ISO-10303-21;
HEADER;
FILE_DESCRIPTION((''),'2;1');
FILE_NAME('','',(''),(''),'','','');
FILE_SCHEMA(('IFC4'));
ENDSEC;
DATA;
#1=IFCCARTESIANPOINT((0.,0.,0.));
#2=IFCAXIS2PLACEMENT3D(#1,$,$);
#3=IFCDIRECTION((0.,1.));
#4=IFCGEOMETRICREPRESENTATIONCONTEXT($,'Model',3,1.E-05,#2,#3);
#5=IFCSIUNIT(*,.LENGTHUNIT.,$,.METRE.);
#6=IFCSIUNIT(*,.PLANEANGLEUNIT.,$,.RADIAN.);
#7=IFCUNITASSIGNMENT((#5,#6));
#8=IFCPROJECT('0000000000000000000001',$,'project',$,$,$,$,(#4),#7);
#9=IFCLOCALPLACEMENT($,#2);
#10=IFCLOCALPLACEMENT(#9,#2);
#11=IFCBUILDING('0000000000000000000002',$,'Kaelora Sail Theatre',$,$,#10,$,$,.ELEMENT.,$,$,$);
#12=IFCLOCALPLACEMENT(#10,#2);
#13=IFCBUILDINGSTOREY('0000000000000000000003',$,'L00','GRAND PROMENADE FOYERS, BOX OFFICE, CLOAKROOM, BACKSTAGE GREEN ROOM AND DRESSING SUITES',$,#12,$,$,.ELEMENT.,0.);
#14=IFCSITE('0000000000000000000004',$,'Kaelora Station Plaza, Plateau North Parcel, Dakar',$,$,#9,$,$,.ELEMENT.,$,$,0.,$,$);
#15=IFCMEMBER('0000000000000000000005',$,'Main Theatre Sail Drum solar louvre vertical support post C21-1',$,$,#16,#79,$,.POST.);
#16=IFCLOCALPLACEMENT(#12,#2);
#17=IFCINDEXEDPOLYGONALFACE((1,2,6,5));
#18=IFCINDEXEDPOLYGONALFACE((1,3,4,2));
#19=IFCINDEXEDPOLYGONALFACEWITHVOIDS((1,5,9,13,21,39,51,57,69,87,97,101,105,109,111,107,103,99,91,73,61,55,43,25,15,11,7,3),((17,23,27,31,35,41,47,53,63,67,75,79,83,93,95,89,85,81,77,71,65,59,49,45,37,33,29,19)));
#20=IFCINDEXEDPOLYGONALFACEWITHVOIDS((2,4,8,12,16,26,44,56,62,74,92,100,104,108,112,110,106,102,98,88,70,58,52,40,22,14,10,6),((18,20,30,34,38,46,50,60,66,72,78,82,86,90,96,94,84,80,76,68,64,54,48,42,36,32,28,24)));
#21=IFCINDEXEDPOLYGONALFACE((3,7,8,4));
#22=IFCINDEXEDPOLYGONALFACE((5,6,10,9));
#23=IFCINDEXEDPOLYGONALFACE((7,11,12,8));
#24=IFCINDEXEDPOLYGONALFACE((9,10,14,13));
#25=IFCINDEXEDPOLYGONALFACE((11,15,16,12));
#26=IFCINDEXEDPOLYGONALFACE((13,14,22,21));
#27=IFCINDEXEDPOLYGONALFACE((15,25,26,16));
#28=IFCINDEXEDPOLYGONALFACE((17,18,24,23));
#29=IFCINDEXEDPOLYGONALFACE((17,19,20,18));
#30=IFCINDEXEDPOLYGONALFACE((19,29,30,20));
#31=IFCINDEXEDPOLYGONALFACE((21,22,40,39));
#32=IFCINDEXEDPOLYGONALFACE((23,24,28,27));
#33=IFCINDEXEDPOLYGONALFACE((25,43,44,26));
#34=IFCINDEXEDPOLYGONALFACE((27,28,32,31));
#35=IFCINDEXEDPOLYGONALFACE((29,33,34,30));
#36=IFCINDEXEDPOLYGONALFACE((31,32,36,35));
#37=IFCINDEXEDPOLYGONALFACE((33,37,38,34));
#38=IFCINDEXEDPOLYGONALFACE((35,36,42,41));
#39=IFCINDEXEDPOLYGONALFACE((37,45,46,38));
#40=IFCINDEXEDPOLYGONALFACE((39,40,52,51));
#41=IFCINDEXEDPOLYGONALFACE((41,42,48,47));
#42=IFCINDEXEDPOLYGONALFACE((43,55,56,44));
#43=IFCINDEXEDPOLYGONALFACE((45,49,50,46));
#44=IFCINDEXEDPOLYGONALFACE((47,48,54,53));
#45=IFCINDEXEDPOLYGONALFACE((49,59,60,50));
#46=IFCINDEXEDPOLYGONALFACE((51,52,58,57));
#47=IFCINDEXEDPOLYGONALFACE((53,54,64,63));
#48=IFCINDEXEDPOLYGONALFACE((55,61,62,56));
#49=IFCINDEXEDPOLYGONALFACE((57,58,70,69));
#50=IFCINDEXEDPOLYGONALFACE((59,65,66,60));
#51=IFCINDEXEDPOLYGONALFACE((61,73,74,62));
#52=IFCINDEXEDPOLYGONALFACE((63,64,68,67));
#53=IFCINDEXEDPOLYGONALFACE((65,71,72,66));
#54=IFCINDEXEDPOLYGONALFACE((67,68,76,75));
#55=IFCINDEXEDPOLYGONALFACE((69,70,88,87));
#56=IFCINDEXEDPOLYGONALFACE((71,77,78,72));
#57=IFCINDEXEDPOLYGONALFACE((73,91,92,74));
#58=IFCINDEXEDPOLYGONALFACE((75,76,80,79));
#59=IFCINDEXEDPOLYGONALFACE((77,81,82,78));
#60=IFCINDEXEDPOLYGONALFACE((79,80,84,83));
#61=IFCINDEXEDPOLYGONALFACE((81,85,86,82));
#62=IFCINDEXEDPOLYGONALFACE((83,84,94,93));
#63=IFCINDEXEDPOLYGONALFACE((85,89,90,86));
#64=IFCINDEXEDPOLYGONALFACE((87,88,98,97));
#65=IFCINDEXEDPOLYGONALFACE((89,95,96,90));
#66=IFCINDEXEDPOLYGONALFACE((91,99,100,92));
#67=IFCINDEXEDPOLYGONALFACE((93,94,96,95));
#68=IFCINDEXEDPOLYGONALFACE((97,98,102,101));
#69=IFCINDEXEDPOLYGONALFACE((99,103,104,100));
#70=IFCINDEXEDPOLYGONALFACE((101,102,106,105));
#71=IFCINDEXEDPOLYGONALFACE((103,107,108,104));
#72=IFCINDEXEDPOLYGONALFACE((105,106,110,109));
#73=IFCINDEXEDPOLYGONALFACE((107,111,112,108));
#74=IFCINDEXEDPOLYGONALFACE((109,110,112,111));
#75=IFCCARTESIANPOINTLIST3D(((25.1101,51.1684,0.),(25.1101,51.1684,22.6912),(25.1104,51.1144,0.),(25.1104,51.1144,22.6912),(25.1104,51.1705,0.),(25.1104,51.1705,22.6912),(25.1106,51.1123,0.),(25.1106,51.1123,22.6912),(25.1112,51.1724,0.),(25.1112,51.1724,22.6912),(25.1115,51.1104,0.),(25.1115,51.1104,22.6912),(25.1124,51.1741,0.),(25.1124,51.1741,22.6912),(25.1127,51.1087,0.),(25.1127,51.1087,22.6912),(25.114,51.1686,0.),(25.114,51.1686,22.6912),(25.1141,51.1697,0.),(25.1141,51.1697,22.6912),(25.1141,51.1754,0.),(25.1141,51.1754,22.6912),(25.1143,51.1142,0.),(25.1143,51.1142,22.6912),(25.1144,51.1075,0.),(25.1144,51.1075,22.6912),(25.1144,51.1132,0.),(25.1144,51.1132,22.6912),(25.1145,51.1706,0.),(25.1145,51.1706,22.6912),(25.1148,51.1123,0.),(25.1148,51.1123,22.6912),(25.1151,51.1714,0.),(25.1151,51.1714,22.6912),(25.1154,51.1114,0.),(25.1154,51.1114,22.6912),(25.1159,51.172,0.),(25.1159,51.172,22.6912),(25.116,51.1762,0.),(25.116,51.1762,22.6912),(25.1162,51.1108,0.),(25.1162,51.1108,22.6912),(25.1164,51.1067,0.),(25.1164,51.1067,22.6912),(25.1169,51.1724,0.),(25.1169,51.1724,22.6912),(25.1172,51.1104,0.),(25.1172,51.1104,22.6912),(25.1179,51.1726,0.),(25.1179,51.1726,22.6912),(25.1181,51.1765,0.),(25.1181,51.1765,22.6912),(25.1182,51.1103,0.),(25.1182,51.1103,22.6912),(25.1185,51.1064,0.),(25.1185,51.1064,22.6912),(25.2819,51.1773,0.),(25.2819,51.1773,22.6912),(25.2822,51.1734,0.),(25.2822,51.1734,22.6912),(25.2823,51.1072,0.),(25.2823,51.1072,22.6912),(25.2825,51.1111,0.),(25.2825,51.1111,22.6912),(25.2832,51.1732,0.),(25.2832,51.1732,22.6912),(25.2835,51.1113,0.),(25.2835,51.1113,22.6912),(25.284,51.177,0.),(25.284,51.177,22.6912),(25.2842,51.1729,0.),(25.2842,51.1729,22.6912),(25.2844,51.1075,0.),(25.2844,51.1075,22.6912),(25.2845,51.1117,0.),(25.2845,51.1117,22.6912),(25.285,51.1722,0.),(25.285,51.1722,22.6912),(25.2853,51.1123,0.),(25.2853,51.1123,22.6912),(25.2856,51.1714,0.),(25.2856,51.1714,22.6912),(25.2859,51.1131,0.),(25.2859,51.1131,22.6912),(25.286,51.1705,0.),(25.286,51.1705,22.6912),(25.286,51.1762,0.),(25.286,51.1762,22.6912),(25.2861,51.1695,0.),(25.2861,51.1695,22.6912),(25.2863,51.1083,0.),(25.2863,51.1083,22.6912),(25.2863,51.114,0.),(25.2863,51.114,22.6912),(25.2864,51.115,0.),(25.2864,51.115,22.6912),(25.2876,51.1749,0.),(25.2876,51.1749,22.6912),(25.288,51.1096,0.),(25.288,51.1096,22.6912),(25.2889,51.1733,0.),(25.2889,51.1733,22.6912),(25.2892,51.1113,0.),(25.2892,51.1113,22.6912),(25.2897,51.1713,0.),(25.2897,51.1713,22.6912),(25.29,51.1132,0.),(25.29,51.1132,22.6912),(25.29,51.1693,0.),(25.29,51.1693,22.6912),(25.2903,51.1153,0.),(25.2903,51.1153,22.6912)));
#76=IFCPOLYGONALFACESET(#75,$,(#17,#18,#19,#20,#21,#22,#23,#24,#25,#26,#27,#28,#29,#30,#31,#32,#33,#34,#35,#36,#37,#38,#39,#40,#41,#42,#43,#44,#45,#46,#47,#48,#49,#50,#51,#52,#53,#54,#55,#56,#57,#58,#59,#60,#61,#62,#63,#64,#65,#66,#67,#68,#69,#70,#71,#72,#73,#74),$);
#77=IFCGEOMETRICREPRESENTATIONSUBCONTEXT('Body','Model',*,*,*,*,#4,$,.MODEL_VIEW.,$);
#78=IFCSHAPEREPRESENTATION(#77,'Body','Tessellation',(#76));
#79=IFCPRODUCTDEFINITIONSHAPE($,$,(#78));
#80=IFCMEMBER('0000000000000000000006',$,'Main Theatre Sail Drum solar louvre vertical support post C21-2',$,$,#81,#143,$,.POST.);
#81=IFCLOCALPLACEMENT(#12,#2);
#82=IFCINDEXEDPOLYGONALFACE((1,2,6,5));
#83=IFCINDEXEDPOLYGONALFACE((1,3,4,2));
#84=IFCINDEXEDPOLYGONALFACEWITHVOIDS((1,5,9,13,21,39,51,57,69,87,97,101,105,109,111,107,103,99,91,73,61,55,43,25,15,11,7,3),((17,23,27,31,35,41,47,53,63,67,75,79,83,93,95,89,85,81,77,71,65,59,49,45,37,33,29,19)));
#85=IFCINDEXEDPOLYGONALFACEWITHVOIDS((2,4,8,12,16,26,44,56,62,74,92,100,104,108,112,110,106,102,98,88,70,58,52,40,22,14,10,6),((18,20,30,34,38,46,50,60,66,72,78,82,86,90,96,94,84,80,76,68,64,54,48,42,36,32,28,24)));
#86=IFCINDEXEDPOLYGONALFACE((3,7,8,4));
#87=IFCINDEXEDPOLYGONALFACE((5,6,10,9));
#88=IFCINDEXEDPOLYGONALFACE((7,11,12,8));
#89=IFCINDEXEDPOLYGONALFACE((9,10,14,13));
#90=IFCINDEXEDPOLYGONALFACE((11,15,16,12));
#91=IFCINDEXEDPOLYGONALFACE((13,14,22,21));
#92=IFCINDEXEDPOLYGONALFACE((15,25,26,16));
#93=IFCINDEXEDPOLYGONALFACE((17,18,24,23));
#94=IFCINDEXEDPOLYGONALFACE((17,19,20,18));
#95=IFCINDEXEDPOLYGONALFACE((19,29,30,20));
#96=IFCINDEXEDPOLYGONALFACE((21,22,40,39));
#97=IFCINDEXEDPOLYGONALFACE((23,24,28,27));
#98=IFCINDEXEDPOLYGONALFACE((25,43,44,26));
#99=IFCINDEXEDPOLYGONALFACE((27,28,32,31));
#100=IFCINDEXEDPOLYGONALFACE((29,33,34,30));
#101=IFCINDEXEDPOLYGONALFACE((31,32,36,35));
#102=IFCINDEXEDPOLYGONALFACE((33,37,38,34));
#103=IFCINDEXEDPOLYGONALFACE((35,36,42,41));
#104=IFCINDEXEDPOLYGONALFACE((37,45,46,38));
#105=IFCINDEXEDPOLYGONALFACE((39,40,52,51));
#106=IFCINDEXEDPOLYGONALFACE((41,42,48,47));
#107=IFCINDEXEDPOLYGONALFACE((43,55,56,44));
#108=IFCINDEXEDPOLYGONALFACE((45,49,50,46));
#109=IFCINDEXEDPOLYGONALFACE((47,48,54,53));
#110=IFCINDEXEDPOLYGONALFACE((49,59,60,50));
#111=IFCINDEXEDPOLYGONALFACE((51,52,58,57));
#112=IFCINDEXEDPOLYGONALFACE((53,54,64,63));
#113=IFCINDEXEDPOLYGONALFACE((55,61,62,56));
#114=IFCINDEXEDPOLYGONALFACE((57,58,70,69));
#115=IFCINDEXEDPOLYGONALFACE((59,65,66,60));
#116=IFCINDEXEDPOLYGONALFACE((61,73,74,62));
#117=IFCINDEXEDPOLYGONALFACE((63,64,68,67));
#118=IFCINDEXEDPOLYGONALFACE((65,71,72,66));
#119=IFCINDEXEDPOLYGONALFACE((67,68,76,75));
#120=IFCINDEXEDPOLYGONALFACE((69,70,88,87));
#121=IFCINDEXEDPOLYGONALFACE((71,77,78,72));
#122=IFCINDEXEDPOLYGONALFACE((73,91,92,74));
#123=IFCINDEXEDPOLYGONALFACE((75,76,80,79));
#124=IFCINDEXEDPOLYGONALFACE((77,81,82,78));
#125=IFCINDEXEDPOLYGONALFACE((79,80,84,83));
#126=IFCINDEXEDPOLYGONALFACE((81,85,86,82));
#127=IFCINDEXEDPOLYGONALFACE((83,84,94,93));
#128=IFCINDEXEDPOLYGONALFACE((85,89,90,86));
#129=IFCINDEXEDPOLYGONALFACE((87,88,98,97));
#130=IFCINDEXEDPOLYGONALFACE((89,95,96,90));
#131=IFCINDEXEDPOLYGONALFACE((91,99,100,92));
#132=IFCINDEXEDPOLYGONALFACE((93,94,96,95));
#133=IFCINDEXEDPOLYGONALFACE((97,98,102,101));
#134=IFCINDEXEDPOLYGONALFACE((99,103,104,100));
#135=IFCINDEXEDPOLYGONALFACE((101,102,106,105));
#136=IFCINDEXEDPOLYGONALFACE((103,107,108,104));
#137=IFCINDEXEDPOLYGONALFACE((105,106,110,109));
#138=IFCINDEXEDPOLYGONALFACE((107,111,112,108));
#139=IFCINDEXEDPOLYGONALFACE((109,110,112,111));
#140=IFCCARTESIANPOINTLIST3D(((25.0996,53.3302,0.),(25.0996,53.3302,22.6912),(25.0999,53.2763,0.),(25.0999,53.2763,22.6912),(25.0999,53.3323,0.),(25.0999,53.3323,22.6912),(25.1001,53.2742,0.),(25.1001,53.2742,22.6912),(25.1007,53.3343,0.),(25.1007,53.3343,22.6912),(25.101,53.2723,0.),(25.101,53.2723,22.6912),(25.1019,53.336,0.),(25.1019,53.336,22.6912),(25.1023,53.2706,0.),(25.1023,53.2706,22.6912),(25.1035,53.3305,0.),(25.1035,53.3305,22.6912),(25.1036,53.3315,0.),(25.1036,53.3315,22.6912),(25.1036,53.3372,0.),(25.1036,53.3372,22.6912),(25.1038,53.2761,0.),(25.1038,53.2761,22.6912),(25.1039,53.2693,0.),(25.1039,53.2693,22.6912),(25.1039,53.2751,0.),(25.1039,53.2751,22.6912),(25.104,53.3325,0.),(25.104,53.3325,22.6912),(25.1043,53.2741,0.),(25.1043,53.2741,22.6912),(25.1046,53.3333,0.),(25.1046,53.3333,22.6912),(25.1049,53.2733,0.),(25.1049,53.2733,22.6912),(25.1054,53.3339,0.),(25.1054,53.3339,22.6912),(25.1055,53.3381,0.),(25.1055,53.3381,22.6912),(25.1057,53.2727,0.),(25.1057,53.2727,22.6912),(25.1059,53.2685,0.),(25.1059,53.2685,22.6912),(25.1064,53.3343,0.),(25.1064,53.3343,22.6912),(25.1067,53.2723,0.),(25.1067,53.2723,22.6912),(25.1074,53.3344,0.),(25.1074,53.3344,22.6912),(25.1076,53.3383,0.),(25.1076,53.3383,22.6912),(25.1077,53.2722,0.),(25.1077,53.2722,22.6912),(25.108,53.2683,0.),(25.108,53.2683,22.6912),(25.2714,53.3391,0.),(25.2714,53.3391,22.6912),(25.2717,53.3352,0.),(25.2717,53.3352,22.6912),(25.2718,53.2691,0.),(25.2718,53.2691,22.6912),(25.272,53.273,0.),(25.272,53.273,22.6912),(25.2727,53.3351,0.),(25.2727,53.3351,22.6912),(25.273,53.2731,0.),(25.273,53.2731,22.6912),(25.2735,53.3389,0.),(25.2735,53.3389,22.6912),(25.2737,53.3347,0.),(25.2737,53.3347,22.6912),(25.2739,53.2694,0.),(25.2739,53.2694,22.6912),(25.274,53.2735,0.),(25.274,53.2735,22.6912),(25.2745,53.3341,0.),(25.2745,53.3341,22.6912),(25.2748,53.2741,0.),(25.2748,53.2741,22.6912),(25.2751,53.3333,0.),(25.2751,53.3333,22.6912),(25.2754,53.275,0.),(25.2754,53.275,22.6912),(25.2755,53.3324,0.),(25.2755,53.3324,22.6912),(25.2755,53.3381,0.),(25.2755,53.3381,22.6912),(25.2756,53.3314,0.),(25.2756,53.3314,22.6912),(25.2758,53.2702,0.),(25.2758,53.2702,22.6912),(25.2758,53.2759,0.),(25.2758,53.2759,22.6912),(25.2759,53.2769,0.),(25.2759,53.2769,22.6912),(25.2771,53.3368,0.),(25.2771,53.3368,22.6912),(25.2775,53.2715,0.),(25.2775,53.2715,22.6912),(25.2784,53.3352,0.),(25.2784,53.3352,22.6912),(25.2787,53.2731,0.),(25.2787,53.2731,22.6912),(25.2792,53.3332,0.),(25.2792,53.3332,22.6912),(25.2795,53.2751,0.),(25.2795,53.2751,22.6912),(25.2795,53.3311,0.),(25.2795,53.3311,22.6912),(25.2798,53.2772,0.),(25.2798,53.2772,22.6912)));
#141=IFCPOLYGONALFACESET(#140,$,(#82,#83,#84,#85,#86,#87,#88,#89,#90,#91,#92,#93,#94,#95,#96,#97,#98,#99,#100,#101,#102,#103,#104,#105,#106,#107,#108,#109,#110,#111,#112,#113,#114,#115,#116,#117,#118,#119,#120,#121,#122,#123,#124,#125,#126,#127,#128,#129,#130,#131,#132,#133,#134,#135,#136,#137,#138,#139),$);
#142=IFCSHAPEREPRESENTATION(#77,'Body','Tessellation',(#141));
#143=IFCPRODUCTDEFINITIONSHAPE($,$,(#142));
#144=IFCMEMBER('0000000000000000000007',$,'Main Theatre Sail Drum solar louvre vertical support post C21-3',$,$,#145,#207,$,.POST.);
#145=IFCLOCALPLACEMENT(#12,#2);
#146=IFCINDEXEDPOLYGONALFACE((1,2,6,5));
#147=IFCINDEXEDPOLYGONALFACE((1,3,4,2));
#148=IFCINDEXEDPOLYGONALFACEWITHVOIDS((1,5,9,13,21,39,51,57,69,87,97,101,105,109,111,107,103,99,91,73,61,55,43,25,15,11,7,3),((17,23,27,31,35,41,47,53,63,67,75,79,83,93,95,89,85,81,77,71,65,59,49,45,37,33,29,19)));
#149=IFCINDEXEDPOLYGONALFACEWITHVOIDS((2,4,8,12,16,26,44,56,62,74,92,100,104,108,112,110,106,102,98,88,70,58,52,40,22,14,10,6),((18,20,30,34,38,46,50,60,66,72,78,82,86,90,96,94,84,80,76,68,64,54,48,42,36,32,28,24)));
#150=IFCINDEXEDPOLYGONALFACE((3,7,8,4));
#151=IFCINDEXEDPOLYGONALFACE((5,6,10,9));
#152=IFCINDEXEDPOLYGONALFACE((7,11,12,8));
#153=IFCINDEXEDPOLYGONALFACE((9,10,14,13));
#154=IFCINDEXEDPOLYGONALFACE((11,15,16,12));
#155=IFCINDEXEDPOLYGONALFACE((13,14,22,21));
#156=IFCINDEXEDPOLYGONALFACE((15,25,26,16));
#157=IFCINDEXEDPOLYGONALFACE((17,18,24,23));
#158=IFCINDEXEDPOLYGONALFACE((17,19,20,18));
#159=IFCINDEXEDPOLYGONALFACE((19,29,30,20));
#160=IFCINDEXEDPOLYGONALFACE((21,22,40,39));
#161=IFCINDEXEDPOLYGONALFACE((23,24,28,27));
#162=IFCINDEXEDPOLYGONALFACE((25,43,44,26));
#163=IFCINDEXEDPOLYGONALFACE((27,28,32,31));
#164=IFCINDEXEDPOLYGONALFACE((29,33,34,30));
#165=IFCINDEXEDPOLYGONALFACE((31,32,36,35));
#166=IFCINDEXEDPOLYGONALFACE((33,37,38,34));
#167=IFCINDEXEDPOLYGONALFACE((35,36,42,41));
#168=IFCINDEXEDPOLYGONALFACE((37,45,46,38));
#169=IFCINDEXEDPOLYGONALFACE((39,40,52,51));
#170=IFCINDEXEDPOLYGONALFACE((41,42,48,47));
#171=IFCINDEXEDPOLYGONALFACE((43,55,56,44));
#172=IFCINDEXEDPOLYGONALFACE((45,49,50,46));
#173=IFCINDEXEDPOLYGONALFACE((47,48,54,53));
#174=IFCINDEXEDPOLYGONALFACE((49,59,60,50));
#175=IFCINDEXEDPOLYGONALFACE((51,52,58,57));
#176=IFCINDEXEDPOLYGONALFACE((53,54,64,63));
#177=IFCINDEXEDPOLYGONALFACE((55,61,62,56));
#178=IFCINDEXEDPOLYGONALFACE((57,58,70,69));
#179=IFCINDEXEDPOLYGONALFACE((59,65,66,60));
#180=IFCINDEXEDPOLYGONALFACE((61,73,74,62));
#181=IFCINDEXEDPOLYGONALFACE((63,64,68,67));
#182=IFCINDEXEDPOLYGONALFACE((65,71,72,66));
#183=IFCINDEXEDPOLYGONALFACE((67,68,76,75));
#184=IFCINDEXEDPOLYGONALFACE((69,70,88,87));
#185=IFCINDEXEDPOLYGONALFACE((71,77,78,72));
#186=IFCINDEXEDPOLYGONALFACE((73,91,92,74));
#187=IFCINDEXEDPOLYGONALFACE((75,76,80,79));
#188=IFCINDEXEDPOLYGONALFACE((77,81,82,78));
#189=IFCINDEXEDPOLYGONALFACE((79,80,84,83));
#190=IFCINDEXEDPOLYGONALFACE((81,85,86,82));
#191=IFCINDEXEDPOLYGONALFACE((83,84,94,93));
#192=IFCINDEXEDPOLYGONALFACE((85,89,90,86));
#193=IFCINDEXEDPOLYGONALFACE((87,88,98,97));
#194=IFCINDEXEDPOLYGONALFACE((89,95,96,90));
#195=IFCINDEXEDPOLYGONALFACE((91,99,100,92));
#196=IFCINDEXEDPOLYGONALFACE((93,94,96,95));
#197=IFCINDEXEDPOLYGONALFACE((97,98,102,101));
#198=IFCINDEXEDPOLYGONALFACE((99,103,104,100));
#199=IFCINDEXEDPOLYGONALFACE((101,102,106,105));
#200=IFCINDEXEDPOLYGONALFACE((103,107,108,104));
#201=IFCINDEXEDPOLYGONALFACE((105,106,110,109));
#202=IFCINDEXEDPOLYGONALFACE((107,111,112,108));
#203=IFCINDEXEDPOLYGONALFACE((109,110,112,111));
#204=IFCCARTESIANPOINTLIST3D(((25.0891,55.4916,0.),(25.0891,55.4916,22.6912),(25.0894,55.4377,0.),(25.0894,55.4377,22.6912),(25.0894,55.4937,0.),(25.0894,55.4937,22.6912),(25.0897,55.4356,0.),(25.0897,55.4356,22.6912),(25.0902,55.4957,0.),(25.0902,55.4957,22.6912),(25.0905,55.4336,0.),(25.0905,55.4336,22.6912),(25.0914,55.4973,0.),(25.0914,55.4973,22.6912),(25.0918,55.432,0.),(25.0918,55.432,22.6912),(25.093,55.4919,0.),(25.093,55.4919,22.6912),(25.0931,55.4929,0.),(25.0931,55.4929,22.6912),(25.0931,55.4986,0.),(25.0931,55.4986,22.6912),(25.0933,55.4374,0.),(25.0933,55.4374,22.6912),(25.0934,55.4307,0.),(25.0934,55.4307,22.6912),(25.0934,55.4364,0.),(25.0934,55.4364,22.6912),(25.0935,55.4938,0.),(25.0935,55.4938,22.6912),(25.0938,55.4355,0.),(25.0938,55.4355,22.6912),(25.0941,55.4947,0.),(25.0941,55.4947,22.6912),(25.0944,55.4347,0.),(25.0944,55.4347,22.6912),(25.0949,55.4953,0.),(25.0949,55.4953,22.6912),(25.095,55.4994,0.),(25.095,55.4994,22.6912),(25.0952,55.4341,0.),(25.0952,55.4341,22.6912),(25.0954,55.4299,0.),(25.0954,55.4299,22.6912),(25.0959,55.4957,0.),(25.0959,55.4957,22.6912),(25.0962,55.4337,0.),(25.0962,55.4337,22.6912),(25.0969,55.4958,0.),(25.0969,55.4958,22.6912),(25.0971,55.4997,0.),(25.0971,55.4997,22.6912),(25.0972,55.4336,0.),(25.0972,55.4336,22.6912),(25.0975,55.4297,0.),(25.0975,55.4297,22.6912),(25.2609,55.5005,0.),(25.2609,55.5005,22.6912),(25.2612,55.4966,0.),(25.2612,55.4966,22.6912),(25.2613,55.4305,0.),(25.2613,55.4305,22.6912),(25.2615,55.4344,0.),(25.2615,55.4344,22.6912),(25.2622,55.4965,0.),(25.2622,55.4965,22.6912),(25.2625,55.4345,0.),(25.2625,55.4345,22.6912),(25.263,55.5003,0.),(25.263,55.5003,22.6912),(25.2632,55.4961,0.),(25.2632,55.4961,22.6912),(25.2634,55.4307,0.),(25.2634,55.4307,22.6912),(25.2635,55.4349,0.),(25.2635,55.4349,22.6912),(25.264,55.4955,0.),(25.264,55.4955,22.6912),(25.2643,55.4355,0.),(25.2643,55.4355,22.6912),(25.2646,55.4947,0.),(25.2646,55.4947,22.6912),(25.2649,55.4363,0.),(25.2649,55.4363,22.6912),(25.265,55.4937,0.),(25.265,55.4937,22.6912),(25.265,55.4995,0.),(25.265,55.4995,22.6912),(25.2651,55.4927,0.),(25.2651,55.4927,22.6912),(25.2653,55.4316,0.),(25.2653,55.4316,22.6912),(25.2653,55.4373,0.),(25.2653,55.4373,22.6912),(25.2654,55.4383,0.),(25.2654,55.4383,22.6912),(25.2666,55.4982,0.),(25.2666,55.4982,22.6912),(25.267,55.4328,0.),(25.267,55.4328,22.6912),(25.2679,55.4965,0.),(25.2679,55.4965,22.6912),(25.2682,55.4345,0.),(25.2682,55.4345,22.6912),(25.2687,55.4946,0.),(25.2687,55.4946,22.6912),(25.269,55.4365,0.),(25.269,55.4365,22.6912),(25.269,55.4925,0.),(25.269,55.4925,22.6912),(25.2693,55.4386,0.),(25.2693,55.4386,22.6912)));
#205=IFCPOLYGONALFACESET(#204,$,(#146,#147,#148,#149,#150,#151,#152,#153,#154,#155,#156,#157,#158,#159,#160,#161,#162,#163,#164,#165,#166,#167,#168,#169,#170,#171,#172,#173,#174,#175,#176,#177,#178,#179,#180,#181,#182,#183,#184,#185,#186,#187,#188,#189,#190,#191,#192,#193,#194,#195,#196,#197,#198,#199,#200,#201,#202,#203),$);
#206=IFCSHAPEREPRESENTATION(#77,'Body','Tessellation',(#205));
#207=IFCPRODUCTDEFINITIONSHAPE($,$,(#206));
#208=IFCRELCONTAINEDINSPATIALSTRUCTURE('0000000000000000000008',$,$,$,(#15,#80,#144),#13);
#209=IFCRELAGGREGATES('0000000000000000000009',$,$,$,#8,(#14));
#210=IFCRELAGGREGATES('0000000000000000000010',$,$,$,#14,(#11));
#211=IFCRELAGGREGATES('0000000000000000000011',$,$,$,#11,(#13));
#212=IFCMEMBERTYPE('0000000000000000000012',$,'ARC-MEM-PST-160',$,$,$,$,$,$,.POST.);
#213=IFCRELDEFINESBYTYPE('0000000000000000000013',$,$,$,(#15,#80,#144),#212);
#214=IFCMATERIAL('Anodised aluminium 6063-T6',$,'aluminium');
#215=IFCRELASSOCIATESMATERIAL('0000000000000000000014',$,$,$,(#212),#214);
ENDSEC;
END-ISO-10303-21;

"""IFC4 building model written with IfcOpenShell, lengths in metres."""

from ifc_helpers import new_model, si_unit, direction, frame, origin, origin_2d, place, context, subcontext, project, spatial, hollow_rectangle, extrude, material, material_profile, profile_set, type_object, element, save


model = new_model("IFC4")

# Units and contexts
model_context = context("Model", 3, precision=1e-05, world=origin(), true_north=direction((0.0, 1.0)))
body_context = subcontext(model_context, "Body", "Model", "MODEL_VIEW")
ifc_project = project(units=[si_unit("LENGTHUNIT", "METRE"), si_unit("PLANEANGLEUNIT", "RADIAN")], contexts=[model_context])

# Site, building, storey
site_placement = place(None, origin())
site = spatial("IfcSite", under=ifc_project, at=site_placement, Name="Kaelora Station Plaza, Plateau North Parcel, Dakar", CompositionType="ELEMENT", RefElevation=0.0)
building_placement = place(site_placement, origin())
building = spatial("IfcBuilding", under=site, at=building_placement, Name="Kaelora Sail Theatre", CompositionType="ELEMENT")
storey_placement = place(building_placement, origin())
storey = spatial("IfcBuildingStorey", under=building, at=storey_placement, Name="L00", Description="GRAND PROMENADE FOYERS, BOX OFFICE, CLOAKROOM, BACKSTAGE GREEN ROOM AND DRESSING SUITES", CompositionType="ELEMENT", Elevation=0.0)

# Members
ifc_material_1 = material(Name="Anodised aluminium 6063-T6", Category="aluminium")
ifc_material_profile_1 = material_profile(ifc_material_1, hollow_rectangle(XDim=0.0701, YDim=0.1799, WallThickness=0.0039, InnerFilletRadius=0.0039, OuterFilletRadius=0.0081, at=origin_2d()), Name="ALU-MULL 70x180x4")
ifc_profile_set_1 = profile_set([ifc_material_profile_1], Name="Anodised aluminium 6063-T6")
member_type_1 = type_object("IfcMemberType", Name="ARC-MEM-PST-160", PredefinedType="POST", material=ifc_profile_set_1)
for number, where, z_axis, x_axis, name in (
    (1, (25.2002, 51.1418, 0.0), (0.0, 0.0, 1.0), (-0.004887, 0.999988, 0.0), "Main Theatre Sail Drum solar louvre vertical support post C21-1"),
    (2, (25.1897, 53.3037, 0.0), (0.0, 0.0, 1.0), (-0.004887, 0.999988, 0.0), "Main Theatre Sail Drum solar louvre vertical support post C21-2"),
    (3, (25.1792, 55.4651, 0.0), (0.0, 0.0, 1.0), (-0.004887, 0.999988, 0.0), "Main Theatre Sail Drum solar louvre vertical support post C21-3"),
):
    element("IfcMember", number, at=place(storey_placement, frame(where, z_axis=z_axis, x_axis=x_axis)), inside=storey, type_object=member_type_1, Name=name, PredefinedType="POST", context=body_context, shape_type="SweptSolid", body=[
        extrude(hollow_rectangle(XDim=0.0701, YDim=0.1799, WallThickness=0.0039, InnerFilletRadius=0.0039, OuterFilletRadius=0.0081, at=origin_2d()), origin(), (0.0, 0.0, 1.0), 22.6912),
    ])

save(model, "model.ifc")
